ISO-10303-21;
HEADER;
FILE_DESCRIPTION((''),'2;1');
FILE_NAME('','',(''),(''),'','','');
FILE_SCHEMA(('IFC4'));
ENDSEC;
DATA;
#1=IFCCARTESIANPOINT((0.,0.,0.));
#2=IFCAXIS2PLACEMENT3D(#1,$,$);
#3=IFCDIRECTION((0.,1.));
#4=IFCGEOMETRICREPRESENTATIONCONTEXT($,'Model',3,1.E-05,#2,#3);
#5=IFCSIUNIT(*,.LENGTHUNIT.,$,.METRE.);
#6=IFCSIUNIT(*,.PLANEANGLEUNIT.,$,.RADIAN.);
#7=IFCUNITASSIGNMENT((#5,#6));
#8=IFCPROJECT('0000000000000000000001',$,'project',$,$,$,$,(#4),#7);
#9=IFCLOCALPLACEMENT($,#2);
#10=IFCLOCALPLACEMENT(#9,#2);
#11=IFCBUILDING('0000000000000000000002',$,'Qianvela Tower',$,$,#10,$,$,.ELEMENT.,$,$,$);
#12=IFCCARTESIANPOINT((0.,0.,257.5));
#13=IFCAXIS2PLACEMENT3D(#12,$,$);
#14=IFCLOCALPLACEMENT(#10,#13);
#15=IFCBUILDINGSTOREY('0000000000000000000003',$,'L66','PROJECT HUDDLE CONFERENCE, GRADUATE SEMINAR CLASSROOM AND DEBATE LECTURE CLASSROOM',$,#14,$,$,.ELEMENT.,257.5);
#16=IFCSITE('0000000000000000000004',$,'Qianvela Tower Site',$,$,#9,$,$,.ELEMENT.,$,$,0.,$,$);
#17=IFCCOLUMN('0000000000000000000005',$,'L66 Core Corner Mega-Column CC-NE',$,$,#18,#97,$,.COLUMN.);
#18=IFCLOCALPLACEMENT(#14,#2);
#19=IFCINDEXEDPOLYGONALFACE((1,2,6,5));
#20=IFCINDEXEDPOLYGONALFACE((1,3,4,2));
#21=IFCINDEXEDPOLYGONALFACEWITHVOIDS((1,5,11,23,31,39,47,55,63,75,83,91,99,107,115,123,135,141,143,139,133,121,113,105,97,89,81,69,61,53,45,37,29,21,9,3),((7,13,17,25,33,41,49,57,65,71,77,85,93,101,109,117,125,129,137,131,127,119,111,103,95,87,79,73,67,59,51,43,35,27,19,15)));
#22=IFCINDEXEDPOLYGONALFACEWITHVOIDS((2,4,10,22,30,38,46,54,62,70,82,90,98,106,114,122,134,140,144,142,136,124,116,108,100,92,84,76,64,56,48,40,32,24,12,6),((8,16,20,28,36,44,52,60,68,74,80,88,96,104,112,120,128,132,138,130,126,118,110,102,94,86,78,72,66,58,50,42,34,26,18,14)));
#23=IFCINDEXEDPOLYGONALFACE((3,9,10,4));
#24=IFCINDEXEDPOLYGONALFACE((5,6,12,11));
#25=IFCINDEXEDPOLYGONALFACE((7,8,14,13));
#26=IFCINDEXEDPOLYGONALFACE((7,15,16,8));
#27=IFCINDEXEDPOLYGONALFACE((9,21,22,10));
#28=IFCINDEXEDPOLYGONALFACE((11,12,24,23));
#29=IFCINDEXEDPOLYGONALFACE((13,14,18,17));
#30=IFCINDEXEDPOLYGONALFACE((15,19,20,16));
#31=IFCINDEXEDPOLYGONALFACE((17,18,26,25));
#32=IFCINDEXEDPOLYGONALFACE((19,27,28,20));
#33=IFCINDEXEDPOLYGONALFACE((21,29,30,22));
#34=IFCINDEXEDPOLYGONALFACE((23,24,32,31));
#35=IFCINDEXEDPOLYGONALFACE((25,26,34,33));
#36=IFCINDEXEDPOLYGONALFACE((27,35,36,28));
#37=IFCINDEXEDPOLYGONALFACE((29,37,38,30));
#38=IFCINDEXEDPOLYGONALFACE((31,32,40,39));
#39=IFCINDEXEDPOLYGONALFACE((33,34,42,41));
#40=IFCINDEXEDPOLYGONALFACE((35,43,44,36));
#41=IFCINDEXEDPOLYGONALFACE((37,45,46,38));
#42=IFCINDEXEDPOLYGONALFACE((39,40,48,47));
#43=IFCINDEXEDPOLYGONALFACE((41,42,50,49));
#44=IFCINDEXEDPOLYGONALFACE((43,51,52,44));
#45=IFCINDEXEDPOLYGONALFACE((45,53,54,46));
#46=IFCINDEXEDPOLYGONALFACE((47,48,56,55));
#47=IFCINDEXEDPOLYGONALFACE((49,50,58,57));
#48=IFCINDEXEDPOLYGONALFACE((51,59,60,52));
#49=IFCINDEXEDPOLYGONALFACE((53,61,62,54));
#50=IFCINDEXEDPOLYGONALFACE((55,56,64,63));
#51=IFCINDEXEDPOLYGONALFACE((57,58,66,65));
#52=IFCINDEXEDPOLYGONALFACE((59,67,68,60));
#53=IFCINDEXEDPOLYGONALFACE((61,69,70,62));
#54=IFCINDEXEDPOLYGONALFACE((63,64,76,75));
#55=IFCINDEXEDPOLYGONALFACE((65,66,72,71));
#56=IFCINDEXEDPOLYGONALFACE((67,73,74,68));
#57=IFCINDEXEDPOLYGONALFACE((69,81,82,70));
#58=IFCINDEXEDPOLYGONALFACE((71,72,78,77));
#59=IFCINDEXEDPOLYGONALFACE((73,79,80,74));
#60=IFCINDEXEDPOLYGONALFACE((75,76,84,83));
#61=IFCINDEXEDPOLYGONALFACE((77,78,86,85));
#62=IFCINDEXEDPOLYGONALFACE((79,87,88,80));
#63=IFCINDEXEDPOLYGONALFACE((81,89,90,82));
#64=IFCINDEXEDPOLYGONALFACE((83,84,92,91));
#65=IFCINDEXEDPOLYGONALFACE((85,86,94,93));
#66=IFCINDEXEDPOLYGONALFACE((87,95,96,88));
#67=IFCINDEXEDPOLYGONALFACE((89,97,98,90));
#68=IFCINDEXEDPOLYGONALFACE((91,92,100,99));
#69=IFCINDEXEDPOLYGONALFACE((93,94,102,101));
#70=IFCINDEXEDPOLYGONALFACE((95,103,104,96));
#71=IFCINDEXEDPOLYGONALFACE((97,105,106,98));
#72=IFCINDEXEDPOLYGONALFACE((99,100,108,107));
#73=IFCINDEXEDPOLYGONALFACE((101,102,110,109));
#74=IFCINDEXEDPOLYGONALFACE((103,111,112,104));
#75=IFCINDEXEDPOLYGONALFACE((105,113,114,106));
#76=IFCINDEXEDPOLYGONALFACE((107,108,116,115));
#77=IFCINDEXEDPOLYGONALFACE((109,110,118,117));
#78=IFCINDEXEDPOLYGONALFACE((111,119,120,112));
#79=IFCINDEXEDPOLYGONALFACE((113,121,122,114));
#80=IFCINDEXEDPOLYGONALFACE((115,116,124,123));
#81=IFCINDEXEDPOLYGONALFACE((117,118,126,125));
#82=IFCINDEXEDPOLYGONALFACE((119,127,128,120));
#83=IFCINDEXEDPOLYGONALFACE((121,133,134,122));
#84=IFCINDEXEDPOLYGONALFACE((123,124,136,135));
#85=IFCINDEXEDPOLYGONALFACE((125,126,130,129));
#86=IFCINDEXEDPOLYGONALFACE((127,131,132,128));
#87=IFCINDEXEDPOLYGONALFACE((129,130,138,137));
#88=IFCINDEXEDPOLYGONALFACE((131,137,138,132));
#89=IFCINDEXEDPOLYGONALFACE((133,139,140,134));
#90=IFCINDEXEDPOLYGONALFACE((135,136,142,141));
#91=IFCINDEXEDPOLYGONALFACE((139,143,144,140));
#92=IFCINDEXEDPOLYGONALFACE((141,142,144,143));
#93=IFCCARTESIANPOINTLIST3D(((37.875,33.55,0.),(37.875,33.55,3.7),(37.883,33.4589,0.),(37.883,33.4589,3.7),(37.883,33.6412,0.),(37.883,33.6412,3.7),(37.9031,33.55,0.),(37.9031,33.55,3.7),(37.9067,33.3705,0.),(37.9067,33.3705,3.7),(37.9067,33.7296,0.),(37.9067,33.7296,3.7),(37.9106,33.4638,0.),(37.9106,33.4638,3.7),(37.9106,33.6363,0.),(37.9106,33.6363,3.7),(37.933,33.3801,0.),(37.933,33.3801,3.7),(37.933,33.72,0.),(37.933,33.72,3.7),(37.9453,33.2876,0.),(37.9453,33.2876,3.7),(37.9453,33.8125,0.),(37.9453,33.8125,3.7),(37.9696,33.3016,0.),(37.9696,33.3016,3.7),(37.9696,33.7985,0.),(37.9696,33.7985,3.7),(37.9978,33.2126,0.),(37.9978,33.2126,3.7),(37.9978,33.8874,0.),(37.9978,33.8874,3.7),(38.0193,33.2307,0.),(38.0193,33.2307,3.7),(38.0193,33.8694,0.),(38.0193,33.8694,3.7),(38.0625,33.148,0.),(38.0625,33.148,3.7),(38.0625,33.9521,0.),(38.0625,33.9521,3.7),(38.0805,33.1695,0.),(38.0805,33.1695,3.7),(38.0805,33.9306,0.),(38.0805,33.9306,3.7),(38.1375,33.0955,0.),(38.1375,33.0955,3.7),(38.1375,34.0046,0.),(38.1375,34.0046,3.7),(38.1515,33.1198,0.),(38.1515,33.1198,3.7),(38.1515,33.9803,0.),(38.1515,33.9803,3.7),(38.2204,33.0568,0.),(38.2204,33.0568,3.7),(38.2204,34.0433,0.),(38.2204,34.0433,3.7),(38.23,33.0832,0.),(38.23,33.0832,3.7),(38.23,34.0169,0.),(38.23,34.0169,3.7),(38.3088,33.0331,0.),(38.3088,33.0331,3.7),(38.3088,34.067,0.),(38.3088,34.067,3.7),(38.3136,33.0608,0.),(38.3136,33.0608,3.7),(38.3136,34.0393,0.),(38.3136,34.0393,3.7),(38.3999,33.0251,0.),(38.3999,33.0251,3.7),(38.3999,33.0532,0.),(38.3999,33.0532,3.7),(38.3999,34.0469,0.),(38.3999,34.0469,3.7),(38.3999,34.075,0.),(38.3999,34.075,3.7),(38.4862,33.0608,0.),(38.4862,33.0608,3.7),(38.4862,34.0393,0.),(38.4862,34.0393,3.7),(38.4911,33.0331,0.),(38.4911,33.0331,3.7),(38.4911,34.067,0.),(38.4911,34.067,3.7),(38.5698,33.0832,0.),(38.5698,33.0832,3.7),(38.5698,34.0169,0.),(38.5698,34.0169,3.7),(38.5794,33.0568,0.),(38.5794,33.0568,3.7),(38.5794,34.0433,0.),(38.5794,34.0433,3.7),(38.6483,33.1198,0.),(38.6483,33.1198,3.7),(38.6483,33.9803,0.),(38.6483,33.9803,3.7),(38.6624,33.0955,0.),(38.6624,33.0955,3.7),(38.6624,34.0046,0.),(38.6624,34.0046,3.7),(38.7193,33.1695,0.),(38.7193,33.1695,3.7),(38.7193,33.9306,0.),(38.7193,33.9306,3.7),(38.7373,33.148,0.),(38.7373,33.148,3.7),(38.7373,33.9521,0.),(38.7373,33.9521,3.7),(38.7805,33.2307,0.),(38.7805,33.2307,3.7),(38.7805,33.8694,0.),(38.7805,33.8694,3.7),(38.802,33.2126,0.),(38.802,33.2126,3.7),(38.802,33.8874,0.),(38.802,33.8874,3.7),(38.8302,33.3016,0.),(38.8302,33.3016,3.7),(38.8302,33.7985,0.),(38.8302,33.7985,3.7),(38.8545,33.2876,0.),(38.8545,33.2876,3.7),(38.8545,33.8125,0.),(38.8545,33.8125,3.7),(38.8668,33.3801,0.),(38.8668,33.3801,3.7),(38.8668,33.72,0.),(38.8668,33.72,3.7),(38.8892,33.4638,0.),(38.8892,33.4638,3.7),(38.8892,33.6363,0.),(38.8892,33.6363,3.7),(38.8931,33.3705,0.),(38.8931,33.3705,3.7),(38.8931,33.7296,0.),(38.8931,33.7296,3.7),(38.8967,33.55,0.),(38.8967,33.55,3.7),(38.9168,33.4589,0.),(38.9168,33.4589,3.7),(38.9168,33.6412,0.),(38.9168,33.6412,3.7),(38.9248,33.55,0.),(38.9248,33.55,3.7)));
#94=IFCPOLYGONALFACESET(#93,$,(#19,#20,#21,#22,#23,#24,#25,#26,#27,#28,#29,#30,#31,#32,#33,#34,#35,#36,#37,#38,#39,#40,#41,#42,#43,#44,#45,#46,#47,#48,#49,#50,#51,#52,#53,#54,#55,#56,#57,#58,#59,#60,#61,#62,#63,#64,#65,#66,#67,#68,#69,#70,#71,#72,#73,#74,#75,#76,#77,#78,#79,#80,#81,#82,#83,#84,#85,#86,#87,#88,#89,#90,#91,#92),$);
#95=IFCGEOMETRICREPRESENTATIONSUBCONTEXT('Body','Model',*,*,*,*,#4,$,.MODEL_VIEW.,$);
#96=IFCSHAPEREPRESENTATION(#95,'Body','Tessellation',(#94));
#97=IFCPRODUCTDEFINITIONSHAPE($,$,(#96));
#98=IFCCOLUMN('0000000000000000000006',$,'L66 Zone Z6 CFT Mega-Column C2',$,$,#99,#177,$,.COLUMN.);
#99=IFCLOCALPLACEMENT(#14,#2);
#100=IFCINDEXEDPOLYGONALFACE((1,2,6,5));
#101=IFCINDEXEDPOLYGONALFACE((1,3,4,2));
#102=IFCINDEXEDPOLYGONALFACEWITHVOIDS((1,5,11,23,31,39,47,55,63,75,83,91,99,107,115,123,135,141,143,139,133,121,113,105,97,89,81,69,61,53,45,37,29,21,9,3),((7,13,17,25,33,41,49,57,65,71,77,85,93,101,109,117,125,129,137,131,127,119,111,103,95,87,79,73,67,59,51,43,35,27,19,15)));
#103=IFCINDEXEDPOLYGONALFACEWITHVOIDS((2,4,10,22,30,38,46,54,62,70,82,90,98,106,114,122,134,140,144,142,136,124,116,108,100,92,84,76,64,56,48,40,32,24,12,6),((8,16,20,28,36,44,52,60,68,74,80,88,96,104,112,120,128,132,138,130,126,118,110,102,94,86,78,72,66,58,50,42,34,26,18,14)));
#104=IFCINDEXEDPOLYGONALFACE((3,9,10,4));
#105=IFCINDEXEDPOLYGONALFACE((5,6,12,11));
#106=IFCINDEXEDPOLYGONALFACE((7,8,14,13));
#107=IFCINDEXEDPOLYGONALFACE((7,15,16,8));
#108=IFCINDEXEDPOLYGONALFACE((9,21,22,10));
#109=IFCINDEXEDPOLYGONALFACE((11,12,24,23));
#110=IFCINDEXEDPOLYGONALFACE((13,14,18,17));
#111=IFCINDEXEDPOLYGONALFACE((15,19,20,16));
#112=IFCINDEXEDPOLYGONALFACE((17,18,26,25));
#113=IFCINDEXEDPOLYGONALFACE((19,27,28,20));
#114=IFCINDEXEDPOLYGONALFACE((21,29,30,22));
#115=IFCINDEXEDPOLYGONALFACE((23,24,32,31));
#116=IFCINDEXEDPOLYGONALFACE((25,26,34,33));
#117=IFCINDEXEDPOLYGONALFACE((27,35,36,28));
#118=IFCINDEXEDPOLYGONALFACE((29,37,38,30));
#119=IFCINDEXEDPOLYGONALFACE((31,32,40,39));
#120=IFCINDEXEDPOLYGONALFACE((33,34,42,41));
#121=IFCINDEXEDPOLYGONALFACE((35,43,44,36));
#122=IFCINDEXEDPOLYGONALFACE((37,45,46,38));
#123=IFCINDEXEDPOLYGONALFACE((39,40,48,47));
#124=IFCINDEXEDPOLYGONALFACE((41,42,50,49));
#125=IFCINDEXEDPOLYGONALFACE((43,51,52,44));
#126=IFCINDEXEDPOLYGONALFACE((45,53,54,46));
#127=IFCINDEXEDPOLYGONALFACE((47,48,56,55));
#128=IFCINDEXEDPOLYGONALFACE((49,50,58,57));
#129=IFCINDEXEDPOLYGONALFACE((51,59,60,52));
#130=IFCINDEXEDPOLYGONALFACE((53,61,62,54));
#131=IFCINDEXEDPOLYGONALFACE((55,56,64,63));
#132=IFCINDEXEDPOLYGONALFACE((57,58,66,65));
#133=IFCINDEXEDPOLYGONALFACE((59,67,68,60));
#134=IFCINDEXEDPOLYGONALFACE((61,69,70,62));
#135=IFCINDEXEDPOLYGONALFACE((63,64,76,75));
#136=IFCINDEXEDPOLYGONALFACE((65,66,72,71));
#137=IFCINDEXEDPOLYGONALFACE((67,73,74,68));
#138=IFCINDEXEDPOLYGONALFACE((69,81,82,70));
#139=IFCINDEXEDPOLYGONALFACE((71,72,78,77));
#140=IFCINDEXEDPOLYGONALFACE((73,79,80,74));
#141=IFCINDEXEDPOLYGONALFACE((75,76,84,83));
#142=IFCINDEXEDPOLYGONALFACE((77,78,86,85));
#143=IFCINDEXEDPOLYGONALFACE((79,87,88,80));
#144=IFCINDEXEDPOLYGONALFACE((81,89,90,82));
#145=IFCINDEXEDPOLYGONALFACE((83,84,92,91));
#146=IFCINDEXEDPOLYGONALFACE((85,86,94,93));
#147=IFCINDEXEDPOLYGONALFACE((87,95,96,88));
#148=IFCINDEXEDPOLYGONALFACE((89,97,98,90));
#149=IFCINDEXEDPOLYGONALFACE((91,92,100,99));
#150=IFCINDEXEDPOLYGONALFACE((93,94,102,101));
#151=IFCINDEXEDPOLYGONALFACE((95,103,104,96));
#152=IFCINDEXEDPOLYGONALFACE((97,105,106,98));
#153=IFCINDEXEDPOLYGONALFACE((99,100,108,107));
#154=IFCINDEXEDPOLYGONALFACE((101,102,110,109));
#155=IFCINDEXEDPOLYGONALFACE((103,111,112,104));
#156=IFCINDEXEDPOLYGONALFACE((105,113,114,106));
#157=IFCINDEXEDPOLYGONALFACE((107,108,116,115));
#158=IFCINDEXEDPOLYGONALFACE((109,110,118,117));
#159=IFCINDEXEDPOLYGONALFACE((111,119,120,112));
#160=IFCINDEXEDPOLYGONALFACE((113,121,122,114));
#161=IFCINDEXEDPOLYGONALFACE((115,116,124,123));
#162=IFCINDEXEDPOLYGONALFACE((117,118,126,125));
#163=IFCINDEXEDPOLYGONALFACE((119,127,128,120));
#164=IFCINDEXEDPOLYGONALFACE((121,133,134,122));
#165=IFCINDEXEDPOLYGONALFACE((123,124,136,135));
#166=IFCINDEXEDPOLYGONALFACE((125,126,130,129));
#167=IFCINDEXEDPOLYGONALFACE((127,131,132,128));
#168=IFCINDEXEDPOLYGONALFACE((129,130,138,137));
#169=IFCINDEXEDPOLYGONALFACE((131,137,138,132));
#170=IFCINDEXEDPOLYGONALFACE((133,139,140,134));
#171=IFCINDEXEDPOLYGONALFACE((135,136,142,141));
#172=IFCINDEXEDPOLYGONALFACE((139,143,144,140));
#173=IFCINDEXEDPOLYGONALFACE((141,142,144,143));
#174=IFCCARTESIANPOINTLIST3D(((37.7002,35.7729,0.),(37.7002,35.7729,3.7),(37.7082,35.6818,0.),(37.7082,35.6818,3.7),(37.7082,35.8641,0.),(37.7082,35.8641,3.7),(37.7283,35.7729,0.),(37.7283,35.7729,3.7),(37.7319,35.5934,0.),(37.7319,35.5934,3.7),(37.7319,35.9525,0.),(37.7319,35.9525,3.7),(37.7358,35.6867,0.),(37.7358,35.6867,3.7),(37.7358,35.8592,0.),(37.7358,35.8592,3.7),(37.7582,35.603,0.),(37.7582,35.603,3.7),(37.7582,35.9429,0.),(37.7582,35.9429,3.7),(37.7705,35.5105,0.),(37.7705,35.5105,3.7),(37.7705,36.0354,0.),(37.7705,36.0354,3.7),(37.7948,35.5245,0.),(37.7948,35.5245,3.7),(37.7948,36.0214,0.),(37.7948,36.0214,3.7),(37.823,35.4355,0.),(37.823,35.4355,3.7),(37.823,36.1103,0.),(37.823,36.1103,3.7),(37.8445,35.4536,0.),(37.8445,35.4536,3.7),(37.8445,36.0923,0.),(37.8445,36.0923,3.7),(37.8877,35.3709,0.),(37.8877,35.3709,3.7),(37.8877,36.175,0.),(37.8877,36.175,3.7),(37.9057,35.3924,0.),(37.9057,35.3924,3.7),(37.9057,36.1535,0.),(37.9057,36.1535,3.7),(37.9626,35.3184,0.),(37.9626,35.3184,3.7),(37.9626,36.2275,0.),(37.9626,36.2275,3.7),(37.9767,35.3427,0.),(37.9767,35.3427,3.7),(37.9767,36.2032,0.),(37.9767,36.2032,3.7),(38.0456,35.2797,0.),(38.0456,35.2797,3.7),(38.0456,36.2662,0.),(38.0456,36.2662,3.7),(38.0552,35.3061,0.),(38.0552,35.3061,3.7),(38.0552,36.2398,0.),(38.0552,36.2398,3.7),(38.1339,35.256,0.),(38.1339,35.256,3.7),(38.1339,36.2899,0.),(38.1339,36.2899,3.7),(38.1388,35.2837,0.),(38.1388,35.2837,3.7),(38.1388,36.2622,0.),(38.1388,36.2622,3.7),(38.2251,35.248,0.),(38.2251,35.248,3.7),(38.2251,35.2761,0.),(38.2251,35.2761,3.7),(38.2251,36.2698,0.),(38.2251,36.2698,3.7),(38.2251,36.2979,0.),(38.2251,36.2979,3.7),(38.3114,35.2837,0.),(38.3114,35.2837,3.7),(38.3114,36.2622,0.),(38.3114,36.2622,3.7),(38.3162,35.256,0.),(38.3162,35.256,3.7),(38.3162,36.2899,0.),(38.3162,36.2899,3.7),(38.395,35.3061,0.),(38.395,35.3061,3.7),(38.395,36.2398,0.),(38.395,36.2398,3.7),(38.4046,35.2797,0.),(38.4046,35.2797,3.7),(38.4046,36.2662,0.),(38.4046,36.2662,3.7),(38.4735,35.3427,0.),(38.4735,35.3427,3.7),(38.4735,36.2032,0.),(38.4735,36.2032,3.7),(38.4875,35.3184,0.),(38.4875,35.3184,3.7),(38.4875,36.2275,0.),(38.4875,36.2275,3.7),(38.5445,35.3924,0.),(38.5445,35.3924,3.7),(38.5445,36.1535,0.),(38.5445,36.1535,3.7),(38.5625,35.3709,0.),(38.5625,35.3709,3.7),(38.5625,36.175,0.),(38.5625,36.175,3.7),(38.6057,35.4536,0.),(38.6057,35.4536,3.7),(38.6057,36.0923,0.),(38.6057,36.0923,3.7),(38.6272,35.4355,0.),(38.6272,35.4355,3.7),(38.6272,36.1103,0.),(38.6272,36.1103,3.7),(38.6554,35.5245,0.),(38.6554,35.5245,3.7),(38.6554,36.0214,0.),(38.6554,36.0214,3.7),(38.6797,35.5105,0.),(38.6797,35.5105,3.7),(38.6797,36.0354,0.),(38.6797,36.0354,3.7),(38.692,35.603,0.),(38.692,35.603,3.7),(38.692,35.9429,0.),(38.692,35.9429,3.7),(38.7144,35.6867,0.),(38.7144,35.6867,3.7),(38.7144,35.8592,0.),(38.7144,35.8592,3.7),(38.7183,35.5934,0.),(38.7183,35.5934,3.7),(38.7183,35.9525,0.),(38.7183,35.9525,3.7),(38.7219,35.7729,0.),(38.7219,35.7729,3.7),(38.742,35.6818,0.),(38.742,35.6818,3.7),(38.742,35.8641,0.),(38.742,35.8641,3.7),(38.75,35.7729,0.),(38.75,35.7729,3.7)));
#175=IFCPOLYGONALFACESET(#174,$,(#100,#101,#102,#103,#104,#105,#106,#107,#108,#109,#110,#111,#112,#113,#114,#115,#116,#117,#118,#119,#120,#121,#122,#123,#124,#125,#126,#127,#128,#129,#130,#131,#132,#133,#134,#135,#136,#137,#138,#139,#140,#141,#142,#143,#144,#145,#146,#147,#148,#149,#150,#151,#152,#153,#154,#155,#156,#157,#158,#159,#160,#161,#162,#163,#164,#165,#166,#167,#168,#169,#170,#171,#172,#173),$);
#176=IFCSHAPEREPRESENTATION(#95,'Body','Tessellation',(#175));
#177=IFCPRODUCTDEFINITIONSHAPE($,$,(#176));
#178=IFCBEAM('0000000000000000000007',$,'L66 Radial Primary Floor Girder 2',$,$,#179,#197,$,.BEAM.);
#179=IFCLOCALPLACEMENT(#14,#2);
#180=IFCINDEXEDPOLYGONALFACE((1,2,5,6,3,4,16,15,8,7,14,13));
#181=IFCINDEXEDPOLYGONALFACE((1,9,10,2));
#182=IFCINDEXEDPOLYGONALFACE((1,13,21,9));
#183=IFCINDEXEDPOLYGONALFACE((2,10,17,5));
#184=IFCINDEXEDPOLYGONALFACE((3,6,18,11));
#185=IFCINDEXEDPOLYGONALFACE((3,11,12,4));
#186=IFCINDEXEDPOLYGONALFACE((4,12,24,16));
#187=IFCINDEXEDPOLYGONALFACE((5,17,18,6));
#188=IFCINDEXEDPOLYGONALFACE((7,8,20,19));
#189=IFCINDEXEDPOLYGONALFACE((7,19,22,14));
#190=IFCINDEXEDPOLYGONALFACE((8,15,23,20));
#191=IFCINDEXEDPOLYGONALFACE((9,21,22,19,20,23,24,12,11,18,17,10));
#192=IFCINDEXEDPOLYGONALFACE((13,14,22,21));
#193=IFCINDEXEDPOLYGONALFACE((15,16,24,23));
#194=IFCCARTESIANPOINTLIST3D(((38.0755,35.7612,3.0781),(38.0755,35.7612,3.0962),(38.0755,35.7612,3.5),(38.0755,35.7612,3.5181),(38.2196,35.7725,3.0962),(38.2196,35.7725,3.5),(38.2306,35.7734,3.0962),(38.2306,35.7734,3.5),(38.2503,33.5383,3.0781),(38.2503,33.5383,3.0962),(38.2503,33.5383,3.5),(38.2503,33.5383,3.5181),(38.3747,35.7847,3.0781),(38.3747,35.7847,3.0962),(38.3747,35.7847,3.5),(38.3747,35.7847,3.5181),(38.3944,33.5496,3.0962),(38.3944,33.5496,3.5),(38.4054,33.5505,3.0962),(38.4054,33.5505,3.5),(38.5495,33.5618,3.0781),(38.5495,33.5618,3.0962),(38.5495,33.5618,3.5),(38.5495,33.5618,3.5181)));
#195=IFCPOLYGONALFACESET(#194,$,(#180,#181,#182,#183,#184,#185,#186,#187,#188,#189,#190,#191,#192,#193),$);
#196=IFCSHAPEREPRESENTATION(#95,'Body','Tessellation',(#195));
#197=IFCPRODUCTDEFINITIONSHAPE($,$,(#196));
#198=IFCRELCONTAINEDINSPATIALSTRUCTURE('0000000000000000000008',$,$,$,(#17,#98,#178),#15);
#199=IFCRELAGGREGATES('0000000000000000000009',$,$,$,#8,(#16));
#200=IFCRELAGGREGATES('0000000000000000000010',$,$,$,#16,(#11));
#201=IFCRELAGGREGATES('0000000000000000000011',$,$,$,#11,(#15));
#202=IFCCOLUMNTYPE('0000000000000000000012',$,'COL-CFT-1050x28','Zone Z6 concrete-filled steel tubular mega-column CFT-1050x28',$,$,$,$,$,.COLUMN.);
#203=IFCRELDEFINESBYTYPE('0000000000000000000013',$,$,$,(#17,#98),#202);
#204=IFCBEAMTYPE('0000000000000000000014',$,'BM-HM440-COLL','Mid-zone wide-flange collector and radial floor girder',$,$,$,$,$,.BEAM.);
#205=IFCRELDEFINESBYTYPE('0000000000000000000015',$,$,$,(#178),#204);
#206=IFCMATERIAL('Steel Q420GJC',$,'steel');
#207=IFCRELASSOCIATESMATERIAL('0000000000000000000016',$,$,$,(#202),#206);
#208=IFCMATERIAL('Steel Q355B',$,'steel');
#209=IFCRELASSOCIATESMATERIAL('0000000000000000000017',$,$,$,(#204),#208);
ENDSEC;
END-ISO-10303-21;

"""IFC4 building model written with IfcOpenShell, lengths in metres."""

from ifc_helpers import new_model, si_unit, direction, frame, origin, origin_2d, place, context, subcontext, project, spatial, hollow_circle, i_section, extrude, material, material_profile, profile_set, type_object, element, save


model = new_model("IFC4")

# Units and contexts
model_context = context("Model", 3, precision=1e-05, world=origin(), true_north=direction((0.0, 1.0)))
body_context = subcontext(model_context, "Body", "Model", "MODEL_VIEW")
ifc_project = project(units=[si_unit("LENGTHUNIT", "METRE"), si_unit("PLANEANGLEUNIT", "RADIAN")], contexts=[model_context])

# Site, building, storey
site_placement = place(None, origin())
site = spatial("IfcSite", under=ifc_project, at=site_placement, Name="Qianvela Tower Site", CompositionType="ELEMENT", RefElevation=0.0)
building_placement = place(site_placement, origin())
building = spatial("IfcBuilding", under=site, at=building_placement, Name="Qianvela Tower", CompositionType="ELEMENT")
storey_placement = place(building_placement, frame((0.0, 0.0, 257.5)))
storey = spatial("IfcBuildingStorey", under=building, at=storey_placement, Name="L66", Description="PROJECT HUDDLE CONFERENCE, GRADUATE SEMINAR CLASSROOM AND DEBATE LECTURE CLASSROOM", CompositionType="ELEMENT", Elevation=257.5)

# Columns
ifc_material_1 = material(Name="Steel Q420GJC", Category="steel")
ifc_material_profile_1 = material_profile(ifc_material_1, hollow_circle(Radius=0.5249, WallThickness=0.0281, at=origin_2d()), Name="CFT-1050x28")
ifc_profile_set_1 = profile_set([ifc_material_profile_1], Name="Steel Q420GJC")
column_type = type_object("IfcColumnType", Name="COL-CFT-1050x28", Description="Zone Z6 concrete-filled steel tubular mega-column CFT-1050x28", PredefinedType="COLUMN", material=ifc_profile_set_1)
for number, where, z_axis, x_axis, name in (
    (1, (38.3999, 33.55, 0.0), (0.0, 0.0, 1.0), (1.0, 0.0, 0.0), "L66 Core Corner Mega-Column CC-NE"),
    (2, (38.2251, 35.7729, 0.0), (0.0, 0.0, 1.0), (1.0, 0.0, 0.0), "L66 Zone Z6 CFT Mega-Column C2"),
):
    element("IfcColumn", number, at=place(storey_placement, frame(where, z_axis=z_axis, x_axis=x_axis)), inside=storey, type_object=column_type, Name=name, PredefinedType="COLUMN", context=body_context, shape_type="SweptSolid", body=[
        extrude(hollow_circle(Radius=0.5249, WallThickness=0.0281, at=origin_2d()), origin(), (0.0, 0.0, 1.0), 3.7),
    ])

# Beam
ifc_material_2 = material(Name="Steel Q355B", Category="steel")
ifc_material_profile_2 = material_profile(ifc_material_2, i_section(OverallWidth=0.3, OverallDepth=0.4399, WebThickness=0.011, FlangeThickness=0.0181, at=origin_2d()), Name="HM440x300x11x18")
ifc_profile_set_2 = profile_set([ifc_material_profile_2], Name="Steel Q355B")
beam_type_1 = type_object("IfcBeamType", Name="BM-HM440-COLL", Description="Mid-zone wide-flange collector and radial floor girder", PredefinedType="BEAM", material=ifc_profile_set_2)
beam_1_placement = place(storey_placement, frame((38.3999, 33.55, 3.2981), z_axis=(-0.078396, 0.996922, 0.0), x_axis=(-0.996922, -0.078396, 0.0)))
element("IfcBeam", 3, at=beam_1_placement, inside=storey, type_object=beam_type_1, Name="L66 Radial Primary Floor Girder 2", PredefinedType="BEAM", context=body_context, shape_type="SweptSolid", body=[
    extrude(i_section(OverallWidth=0.3, OverallDepth=0.4399, WebThickness=0.011, FlangeThickness=0.0181, at=origin_2d()), origin(), (0.0, 0.0, 1.0), 2.2297),
])

save(model, "model.ifc")
